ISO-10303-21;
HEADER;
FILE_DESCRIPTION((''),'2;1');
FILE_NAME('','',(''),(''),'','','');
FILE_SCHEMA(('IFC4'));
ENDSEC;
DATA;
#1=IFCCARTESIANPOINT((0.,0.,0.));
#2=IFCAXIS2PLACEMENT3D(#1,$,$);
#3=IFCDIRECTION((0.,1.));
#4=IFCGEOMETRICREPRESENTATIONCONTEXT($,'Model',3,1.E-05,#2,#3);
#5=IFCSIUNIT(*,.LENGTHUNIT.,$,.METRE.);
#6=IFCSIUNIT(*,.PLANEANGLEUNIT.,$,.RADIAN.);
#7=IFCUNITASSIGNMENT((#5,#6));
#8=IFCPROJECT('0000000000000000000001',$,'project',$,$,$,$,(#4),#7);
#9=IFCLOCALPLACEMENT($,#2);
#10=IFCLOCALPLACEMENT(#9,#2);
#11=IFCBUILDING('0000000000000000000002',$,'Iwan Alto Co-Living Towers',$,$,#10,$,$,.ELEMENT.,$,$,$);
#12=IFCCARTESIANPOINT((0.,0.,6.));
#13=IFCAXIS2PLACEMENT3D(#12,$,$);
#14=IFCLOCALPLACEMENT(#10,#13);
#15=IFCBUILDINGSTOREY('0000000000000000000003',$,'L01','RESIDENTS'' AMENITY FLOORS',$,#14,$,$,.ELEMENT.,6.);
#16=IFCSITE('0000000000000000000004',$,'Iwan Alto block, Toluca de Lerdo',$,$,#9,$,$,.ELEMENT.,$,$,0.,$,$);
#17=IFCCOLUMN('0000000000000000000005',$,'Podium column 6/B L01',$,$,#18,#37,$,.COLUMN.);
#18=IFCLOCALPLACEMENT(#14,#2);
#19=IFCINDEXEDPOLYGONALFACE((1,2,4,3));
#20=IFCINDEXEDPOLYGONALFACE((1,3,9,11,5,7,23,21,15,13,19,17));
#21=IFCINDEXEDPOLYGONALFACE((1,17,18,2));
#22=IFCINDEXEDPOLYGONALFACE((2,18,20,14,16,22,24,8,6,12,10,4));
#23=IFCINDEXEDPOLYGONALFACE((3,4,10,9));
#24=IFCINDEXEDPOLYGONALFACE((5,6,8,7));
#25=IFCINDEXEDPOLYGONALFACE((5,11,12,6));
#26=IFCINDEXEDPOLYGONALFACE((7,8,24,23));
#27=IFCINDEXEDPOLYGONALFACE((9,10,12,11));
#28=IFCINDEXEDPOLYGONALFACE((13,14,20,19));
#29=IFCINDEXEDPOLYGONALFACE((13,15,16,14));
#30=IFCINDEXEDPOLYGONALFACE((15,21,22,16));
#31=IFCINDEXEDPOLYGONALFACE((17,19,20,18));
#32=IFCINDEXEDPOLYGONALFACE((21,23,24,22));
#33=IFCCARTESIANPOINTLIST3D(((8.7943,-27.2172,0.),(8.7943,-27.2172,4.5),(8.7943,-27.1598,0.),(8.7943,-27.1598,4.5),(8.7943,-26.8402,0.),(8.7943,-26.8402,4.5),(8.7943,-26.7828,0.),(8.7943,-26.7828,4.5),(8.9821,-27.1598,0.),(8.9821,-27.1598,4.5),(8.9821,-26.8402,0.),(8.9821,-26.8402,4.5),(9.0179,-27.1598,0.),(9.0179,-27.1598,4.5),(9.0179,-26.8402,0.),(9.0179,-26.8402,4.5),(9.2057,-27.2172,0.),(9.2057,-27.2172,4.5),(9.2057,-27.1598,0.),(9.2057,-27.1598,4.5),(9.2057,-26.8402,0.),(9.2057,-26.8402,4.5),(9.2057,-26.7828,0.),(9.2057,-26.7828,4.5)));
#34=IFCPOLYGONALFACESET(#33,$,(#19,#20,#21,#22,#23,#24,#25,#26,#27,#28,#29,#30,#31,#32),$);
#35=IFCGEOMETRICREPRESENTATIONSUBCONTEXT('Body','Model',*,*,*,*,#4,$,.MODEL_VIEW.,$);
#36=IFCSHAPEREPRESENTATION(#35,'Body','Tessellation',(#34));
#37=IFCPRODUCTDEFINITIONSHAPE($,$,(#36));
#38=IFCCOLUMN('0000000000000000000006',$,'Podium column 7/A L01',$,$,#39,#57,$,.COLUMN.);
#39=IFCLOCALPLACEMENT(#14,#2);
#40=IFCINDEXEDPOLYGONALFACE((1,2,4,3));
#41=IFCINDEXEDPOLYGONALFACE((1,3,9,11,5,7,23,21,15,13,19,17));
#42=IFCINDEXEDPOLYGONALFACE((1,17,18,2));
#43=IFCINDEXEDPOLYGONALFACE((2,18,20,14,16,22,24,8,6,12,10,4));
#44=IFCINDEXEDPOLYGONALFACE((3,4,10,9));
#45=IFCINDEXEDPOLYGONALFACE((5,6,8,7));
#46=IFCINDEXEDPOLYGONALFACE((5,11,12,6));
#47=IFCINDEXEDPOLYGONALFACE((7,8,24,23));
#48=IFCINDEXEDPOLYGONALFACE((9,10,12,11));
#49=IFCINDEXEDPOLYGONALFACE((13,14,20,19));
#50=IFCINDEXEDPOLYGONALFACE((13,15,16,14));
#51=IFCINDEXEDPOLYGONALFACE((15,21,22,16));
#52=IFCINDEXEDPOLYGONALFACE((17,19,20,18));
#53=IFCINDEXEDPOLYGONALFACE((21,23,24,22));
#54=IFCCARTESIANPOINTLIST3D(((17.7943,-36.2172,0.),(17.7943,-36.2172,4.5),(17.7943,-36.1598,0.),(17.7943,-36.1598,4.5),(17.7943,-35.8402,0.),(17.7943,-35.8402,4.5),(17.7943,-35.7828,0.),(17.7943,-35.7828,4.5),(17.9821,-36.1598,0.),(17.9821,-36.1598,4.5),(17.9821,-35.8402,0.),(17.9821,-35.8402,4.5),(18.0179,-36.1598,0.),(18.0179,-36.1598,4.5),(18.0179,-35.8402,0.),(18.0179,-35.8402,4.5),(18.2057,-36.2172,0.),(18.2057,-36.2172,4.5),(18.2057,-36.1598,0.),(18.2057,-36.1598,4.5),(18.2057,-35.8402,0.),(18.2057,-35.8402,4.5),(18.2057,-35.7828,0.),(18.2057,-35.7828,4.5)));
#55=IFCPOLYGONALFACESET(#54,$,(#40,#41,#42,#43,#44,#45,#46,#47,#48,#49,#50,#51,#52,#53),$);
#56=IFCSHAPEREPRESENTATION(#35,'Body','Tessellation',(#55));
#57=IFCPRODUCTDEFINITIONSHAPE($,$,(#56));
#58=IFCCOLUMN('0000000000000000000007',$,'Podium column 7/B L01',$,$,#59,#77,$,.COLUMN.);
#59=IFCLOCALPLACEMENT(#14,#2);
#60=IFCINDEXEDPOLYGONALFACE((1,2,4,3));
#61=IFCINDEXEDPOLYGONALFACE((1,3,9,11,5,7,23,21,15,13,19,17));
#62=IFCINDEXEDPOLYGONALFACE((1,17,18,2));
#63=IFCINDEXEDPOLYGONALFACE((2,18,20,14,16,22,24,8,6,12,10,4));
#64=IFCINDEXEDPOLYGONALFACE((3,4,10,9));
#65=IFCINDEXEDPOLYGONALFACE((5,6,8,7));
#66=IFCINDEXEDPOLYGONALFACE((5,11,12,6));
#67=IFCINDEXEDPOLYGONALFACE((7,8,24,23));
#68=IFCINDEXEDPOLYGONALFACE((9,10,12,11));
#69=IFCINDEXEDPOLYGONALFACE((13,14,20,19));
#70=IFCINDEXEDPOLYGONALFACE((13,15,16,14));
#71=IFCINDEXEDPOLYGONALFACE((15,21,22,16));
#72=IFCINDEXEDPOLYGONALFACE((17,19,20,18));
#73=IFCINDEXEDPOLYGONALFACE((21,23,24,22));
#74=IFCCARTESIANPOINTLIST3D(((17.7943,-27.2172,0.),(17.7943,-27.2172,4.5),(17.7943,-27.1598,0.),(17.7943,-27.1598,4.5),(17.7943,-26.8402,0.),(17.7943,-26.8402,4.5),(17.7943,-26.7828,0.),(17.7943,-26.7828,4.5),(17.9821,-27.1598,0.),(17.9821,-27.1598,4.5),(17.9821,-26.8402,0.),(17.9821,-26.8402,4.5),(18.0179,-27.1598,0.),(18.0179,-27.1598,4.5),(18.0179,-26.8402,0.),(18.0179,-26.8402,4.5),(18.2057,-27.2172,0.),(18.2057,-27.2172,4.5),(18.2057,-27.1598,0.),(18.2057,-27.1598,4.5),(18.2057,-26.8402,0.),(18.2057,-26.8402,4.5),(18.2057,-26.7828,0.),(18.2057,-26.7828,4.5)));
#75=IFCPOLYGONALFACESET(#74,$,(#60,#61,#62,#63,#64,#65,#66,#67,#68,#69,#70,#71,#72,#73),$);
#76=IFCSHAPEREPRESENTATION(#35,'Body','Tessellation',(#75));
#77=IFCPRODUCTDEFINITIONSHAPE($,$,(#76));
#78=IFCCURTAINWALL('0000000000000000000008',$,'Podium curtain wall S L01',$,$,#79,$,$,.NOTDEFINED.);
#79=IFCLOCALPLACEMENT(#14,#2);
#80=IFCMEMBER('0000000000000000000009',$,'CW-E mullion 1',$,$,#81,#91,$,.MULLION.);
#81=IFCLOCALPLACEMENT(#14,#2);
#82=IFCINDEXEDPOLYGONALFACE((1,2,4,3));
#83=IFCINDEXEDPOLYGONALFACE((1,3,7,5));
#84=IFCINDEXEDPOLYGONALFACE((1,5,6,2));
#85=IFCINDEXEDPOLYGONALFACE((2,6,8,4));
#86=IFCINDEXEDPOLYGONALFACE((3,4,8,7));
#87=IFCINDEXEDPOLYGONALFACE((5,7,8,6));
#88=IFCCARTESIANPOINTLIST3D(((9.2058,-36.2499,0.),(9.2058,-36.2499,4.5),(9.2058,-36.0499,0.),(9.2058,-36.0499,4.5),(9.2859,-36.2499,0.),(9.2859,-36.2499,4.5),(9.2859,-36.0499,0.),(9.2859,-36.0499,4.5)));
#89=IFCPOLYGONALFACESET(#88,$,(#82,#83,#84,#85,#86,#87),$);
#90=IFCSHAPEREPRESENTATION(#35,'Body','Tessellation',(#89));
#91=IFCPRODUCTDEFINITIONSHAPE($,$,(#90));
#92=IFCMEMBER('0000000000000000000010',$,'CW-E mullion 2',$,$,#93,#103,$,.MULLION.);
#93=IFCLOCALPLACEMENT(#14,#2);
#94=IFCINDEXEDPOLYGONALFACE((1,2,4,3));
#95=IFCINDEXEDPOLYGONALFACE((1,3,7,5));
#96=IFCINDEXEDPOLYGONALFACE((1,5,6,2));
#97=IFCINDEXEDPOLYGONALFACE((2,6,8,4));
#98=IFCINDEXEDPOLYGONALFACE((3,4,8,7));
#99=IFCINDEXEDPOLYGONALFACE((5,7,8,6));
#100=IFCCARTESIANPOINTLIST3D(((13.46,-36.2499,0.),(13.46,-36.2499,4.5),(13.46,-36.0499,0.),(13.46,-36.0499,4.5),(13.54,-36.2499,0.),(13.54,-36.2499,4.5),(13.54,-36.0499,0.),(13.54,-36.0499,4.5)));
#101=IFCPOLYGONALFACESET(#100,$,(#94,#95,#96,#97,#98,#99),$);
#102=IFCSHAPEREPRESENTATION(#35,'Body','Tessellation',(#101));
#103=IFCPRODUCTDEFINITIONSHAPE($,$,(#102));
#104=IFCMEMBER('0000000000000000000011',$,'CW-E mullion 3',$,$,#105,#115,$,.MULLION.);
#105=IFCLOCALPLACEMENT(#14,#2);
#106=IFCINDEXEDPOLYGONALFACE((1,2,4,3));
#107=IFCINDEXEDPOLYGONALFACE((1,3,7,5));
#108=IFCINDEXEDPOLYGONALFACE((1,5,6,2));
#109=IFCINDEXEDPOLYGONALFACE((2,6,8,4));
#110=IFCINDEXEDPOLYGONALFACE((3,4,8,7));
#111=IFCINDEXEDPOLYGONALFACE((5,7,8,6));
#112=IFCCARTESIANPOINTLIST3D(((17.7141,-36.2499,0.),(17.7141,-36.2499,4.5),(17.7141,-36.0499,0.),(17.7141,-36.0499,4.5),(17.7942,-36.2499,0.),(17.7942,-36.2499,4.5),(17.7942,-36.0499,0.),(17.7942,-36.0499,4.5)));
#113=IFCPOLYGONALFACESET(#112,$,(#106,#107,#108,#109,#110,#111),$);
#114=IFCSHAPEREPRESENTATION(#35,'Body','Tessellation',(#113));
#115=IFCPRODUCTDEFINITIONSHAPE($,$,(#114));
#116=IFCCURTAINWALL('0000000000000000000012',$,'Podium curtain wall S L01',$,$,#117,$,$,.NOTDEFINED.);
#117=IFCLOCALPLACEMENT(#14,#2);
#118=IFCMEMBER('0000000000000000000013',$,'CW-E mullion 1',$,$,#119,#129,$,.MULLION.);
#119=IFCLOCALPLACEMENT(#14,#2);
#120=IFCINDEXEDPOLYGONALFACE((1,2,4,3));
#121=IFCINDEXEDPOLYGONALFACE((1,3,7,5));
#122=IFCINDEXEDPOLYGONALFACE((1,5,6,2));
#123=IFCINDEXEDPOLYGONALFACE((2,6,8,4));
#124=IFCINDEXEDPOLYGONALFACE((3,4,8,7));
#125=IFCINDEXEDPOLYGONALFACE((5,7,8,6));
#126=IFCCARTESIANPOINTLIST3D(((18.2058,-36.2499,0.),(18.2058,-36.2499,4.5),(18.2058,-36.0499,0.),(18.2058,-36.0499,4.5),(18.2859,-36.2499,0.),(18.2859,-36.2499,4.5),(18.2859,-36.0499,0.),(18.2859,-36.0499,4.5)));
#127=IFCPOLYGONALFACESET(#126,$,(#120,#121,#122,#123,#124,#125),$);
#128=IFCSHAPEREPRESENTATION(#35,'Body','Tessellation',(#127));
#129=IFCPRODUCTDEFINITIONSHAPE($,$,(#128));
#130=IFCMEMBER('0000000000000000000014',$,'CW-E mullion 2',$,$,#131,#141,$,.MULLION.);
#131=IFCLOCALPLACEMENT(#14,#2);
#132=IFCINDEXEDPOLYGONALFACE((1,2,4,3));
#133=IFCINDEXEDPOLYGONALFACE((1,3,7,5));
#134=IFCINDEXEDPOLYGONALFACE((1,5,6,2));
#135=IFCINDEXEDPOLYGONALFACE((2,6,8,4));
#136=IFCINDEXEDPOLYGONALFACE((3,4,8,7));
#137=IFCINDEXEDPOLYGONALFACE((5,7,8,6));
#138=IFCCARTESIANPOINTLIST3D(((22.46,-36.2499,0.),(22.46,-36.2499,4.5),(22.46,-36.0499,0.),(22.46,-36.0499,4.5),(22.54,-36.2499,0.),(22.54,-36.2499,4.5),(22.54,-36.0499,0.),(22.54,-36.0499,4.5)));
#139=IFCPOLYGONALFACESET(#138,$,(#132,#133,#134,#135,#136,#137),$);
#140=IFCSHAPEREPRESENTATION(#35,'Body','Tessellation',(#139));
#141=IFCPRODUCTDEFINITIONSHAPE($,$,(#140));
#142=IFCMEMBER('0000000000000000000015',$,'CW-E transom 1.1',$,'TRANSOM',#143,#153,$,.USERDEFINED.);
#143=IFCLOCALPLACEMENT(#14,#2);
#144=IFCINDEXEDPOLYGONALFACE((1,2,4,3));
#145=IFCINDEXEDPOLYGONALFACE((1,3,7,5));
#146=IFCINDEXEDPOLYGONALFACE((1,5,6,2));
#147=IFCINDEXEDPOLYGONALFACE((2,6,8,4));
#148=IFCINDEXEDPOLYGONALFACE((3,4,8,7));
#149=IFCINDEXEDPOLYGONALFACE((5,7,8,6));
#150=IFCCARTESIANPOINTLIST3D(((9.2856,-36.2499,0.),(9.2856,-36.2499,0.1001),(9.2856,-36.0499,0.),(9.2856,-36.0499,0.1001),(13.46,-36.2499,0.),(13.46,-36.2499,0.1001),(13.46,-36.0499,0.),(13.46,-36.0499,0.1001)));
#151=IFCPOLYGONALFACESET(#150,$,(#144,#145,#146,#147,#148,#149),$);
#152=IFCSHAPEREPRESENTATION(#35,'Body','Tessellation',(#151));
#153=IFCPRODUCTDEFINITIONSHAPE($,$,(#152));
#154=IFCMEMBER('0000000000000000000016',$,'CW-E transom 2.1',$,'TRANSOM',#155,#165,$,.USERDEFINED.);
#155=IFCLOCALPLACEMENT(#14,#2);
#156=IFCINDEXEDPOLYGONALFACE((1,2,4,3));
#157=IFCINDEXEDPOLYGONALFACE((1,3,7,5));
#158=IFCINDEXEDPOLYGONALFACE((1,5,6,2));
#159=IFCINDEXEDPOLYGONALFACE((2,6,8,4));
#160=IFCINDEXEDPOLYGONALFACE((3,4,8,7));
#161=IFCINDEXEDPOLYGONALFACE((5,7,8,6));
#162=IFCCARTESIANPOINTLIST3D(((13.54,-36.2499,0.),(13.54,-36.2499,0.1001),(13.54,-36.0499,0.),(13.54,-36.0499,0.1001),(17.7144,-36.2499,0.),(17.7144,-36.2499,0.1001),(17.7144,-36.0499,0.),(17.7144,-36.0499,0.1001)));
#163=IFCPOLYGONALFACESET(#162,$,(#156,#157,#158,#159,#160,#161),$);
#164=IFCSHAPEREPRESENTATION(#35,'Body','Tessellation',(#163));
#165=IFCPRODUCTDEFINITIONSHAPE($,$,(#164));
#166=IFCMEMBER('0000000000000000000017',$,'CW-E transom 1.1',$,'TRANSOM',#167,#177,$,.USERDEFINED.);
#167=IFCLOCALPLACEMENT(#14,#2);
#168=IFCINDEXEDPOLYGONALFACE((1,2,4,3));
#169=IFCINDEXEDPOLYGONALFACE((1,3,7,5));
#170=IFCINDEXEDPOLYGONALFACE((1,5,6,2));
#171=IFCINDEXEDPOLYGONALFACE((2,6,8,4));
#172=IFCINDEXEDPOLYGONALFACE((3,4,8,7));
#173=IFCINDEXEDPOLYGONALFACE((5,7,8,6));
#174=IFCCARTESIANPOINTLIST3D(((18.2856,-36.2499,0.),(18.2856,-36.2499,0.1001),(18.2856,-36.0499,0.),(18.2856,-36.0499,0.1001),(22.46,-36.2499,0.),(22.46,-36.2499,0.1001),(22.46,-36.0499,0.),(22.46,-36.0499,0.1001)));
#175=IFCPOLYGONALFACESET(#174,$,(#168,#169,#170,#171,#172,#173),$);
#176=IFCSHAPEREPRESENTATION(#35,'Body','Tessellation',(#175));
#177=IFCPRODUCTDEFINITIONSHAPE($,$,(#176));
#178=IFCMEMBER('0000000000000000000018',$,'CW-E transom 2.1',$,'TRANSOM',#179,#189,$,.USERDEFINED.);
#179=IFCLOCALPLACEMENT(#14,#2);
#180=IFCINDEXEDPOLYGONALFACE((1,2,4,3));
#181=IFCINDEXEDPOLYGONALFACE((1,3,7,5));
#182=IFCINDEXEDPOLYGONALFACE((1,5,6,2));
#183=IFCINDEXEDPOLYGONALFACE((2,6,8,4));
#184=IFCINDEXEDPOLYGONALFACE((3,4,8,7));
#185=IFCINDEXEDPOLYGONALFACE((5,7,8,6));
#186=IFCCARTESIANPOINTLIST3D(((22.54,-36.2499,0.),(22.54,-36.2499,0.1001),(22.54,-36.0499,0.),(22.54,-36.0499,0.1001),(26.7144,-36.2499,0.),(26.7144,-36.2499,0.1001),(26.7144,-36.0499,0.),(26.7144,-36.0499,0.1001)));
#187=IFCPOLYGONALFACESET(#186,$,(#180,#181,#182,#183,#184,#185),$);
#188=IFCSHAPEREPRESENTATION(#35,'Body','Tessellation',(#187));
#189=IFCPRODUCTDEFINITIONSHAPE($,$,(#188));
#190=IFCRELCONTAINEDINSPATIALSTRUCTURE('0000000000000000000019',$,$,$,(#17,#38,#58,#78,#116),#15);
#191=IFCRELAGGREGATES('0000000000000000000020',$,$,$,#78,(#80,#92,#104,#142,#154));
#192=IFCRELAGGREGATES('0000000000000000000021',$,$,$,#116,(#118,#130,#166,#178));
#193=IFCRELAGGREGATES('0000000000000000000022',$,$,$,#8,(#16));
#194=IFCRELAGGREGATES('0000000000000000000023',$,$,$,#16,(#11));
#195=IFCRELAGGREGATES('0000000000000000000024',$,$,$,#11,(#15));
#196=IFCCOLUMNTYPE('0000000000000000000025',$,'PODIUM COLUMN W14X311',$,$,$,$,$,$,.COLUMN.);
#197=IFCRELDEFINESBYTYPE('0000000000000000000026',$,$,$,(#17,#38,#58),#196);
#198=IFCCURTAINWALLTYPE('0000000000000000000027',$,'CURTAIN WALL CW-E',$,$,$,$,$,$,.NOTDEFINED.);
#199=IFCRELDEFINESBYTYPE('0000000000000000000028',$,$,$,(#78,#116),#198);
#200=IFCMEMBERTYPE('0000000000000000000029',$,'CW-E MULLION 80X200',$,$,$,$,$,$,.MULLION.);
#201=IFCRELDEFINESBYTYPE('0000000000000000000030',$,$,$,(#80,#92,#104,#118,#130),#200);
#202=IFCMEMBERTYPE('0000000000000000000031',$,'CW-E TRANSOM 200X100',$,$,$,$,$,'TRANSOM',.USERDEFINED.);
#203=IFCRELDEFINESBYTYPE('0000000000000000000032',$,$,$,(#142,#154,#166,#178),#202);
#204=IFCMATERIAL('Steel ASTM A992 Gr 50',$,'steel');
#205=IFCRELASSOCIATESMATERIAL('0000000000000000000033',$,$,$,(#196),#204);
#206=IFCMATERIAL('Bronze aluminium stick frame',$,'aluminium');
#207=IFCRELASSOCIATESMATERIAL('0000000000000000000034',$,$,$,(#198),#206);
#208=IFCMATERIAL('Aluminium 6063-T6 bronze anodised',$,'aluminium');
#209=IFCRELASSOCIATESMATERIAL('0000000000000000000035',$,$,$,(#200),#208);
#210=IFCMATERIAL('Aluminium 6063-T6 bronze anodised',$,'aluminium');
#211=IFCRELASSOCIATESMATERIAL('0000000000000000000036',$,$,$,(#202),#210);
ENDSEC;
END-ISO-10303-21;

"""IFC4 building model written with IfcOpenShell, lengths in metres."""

from ifc_helpers import new_model, si_unit, direction, frame, origin, origin_2d, place, context, subcontext, project, spatial, rectangle, i_section, extrude, material, material_profile, profile_set, type_object, element, aggregate, save


model = new_model("IFC4")

# Units and contexts
model_context = context("Model", 3, precision=1e-05, world=origin(), true_north=direction((0.0, 1.0)))
body_context = subcontext(model_context, "Body", "Model", "MODEL_VIEW")
ifc_project = project(units=[si_unit("LENGTHUNIT", "METRE"), si_unit("PLANEANGLEUNIT", "RADIAN")], contexts=[model_context])

# Site, building, storey
site_placement = place(None, origin())
site = spatial("IfcSite", under=ifc_project, at=site_placement, Name="Iwan Alto block, Toluca de Lerdo", CompositionType="ELEMENT", RefElevation=0.0)
building_placement = place(site_placement, origin())
building = spatial("IfcBuilding", under=site, at=building_placement, Name="Iwan Alto Co-Living Towers", CompositionType="ELEMENT")
storey_placement = place(building_placement, frame((0.0, 0.0, 6.0)))
storey = spatial("IfcBuildingStorey", under=building, at=storey_placement, Name="L01", Description="RESIDENTS' AMENITY FLOORS", CompositionType="ELEMENT", Elevation=6.0)

# Columns
ifc_material_1 = material(Name="Steel ASTM A992 Gr 50", Category="steel")
ifc_material_profile_1 = material_profile(ifc_material_1, i_section(OverallWidth=0.4114, OverallDepth=0.4343, WebThickness=0.0359, FlangeThickness=0.0574, at=origin_2d()), Name="W14X311")
ifc_profile_set_1 = profile_set([ifc_material_profile_1], Name="Steel ASTM A992 Gr 50")
column_type = type_object("IfcColumnType", Name="PODIUM COLUMN W14X311", PredefinedType="COLUMN", material=ifc_profile_set_1)
for number, where, z_axis, x_axis, name in (
    (1, (9.0, -27.0, 0.0), (0.0, 0.0, 1.0), (1.0, 0.0, 0.0), "Podium column 6/B L01"),
    (2, (18.0, -36.0, 0.0), (0.0, 0.0, 1.0), (1.0, 0.0, 0.0), "Podium column 7/A L01"),
    (3, (18.0, -27.0, 0.0), (0.0, 0.0, 1.0), (1.0, 0.0, 0.0), "Podium column 7/B L01"),
):
    element("IfcColumn", number, at=place(storey_placement, frame(where, z_axis=z_axis, x_axis=x_axis)), inside=storey, type_object=column_type, Name=name, PredefinedType="COLUMN", context=body_context, shape_type="SweptSolid", body=[
        extrude(i_section(OverallWidth=0.4114, OverallDepth=0.4343, WebThickness=0.0359, FlangeThickness=0.0574, at=origin_2d()), origin(), (0.0, 0.0, 1.0), 4.5),
    ])

# Curtain walls, members
ifc_material_2 = material(Name="Bronze aluminium stick frame", Category="aluminium")
curtain_wall_type = type_object("IfcCurtainWallType", Name="CURTAIN WALL CW-E", PredefinedType="NOTDEFINED", material=ifc_material_2)
curtain_wall_1_placement = place(storey_placement, origin())
curtain_wall_1 = element("IfcCurtainWall", 4, at=curtain_wall_1_placement, inside=storey, type_object=curtain_wall_type, Name="Podium curtain wall S L01", PredefinedType="NOTDEFINED")
ifc_material_3 = material(Name="Aluminium 6063-T6 bronze anodised", Category="aluminium")
ifc_material_profile_2 = material_profile(ifc_material_3, rectangle(XDim=0.2, YDim=0.0801, at=origin_2d()), Name="AL 80X200")
ifc_profile_set_2 = profile_set([ifc_material_profile_2], Name="Aluminium 6063-T6 bronze anodised")
member_type_1 = type_object("IfcMemberType", Name="CW-E MULLION 80X200", PredefinedType="MULLION", material=ifc_profile_set_2)
member_1_placement = place(storey_placement, frame((9.2458, -36.1499, 0.0), z_axis=(0.0, 0.0, 1.0), x_axis=(0.0, 1.0, 0.0)))
member_1 = element("IfcMember", 5, at=member_1_placement, type_object=member_type_1, Name="CW-E mullion 1", PredefinedType="MULLION", context=body_context, shape_type="SweptSolid", body=[
    extrude(rectangle(XDim=0.2, YDim=0.0801, at=origin_2d()), origin(), (0.0, 0.0, 1.0), 4.5),
])
member_2_placement = place(storey_placement, frame((13.5, -36.1499, 0.0), z_axis=(0.0, 0.0, 1.0), x_axis=(0.0, 1.0, 0.0)))
member_2 = element("IfcMember", 6, at=member_2_placement, type_object=member_type_1, Name="CW-E mullion 2", PredefinedType="MULLION", context=body_context, shape_type="SweptSolid", body=[
    extrude(rectangle(XDim=0.2, YDim=0.0801, at=origin_2d()), origin(), (0.0, 0.0, 1.0), 4.5),
])
member_3_placement = place(storey_placement, frame((17.7542, -36.1499, 0.0), z_axis=(0.0, 0.0, 1.0), x_axis=(0.0, 1.0, 0.0)))
member_3 = element("IfcMember", 7, at=member_3_placement, type_object=member_type_1, Name="CW-E mullion 3", PredefinedType="MULLION", context=body_context, shape_type="SweptSolid", body=[
    extrude(rectangle(XDim=0.2, YDim=0.0801, at=origin_2d()), origin(), (0.0, 0.0, 1.0), 4.5),
])
curtain_wall_2_placement = place(storey_placement, origin())
curtain_wall_2 = element("IfcCurtainWall", 8, at=curtain_wall_2_placement, inside=storey, type_object=curtain_wall_type, Name="Podium curtain wall S L01", PredefinedType="NOTDEFINED")
member_4_placement = place(storey_placement, frame((18.2458, -36.1499, 0.0), z_axis=(0.0, 0.0, 1.0), x_axis=(0.0, 1.0, 0.0)))
member_4 = element("IfcMember", 9, at=member_4_placement, type_object=member_type_1, Name="CW-E mullion 1", PredefinedType="MULLION", context=body_context, shape_type="SweptSolid", body=[
    extrude(rectangle(XDim=0.2, YDim=0.0801, at=origin_2d()), origin(), (0.0, 0.0, 1.0), 4.5),
])
member_5_placement = place(storey_placement, frame((22.5, -36.1499, 0.0), z_axis=(0.0, 0.0, 1.0), x_axis=(0.0, 1.0, 0.0)))
member_5 = element("IfcMember", 10, at=member_5_placement, type_object=member_type_1, Name="CW-E mullion 2", PredefinedType="MULLION", context=body_context, shape_type="SweptSolid", body=[
    extrude(rectangle(XDim=0.2, YDim=0.0801, at=origin_2d()), origin(), (0.0, 0.0, 1.0), 4.5),
])

# Members
ifc_material_4 = material(Name="Aluminium 6063-T6 bronze anodised", Category="aluminium")
ifc_material_profile_3 = material_profile(ifc_material_4, rectangle(XDim=0.2, YDim=0.1001, at=origin_2d()), Name="AL 200X100")
ifc_profile_set_3 = profile_set([ifc_material_profile_3], Name="Aluminium 6063-T6 bronze anodised")
member_type_2 = type_object("IfcMemberType", Name="CW-E TRANSOM 200X100", ElementType="TRANSOM", PredefinedType="USERDEFINED", material=ifc_profile_set_3)
member_6_placement = place(storey_placement, frame((9.2856, -36.1499, 0.05), z_axis=(1.0, 0.0, 0.0), x_axis=(0.0, 1.0, 0.0)))
member_6 = element("IfcMember", 11, at=member_6_placement, type_object=member_type_2, Name="CW-E transom 1.1", ObjectType="TRANSOM", PredefinedType="USERDEFINED", context=body_context, shape_type="SweptSolid", body=[
    extrude(rectangle(XDim=0.2, YDim=0.1001, at=origin_2d()), origin(), (0.0, 0.0, 1.0), 4.1743),
])
member_7_placement = place(storey_placement, frame((13.54, -36.1499, 0.05), z_axis=(1.0, 0.0, 0.0), x_axis=(0.0, 1.0, 0.0)))
member_7 = element("IfcMember", 12, at=member_7_placement, type_object=member_type_2, Name="CW-E transom 2.1", ObjectType="TRANSOM", PredefinedType="USERDEFINED", context=body_context, shape_type="SweptSolid", body=[
    extrude(rectangle(XDim=0.2, YDim=0.1001, at=origin_2d()), origin(), (0.0, 0.0, 1.0), 4.1743),
])
member_8_placement = place(storey_placement, frame((18.2856, -36.1499, 0.05), z_axis=(1.0, 0.0, 0.0), x_axis=(0.0, 1.0, 0.0)))
member_8 = element("IfcMember", 13, at=member_8_placement, type_object=member_type_2, Name="CW-E transom 1.1", ObjectType="TRANSOM", PredefinedType="USERDEFINED", context=body_context, shape_type="SweptSolid", body=[
    extrude(rectangle(XDim=0.2, YDim=0.1001, at=origin_2d()), origin(), (0.0, 0.0, 1.0), 4.1743),
])
member_9_placement = place(storey_placement, frame((22.54, -36.1499, 0.05), z_axis=(1.0, 0.0, 0.0), x_axis=(0.0, 1.0, 0.0)))
member_9 = element("IfcMember", 14, at=member_9_placement, type_object=member_type_2, Name="CW-E transom 2.1", ObjectType="TRANSOM", PredefinedType="USERDEFINED", context=body_context, shape_type="SweptSolid", body=[
    extrude(rectangle(XDim=0.2, YDim=0.1001, at=origin_2d()), origin(), (0.0, 0.0, 1.0), 4.1743),
])

aggregate(curtain_wall_1, [member_1, member_2, member_3, member_6, member_7])
aggregate(curtain_wall_2, [member_4, member_5, member_8, member_9])

save(model, "model.ifc")
